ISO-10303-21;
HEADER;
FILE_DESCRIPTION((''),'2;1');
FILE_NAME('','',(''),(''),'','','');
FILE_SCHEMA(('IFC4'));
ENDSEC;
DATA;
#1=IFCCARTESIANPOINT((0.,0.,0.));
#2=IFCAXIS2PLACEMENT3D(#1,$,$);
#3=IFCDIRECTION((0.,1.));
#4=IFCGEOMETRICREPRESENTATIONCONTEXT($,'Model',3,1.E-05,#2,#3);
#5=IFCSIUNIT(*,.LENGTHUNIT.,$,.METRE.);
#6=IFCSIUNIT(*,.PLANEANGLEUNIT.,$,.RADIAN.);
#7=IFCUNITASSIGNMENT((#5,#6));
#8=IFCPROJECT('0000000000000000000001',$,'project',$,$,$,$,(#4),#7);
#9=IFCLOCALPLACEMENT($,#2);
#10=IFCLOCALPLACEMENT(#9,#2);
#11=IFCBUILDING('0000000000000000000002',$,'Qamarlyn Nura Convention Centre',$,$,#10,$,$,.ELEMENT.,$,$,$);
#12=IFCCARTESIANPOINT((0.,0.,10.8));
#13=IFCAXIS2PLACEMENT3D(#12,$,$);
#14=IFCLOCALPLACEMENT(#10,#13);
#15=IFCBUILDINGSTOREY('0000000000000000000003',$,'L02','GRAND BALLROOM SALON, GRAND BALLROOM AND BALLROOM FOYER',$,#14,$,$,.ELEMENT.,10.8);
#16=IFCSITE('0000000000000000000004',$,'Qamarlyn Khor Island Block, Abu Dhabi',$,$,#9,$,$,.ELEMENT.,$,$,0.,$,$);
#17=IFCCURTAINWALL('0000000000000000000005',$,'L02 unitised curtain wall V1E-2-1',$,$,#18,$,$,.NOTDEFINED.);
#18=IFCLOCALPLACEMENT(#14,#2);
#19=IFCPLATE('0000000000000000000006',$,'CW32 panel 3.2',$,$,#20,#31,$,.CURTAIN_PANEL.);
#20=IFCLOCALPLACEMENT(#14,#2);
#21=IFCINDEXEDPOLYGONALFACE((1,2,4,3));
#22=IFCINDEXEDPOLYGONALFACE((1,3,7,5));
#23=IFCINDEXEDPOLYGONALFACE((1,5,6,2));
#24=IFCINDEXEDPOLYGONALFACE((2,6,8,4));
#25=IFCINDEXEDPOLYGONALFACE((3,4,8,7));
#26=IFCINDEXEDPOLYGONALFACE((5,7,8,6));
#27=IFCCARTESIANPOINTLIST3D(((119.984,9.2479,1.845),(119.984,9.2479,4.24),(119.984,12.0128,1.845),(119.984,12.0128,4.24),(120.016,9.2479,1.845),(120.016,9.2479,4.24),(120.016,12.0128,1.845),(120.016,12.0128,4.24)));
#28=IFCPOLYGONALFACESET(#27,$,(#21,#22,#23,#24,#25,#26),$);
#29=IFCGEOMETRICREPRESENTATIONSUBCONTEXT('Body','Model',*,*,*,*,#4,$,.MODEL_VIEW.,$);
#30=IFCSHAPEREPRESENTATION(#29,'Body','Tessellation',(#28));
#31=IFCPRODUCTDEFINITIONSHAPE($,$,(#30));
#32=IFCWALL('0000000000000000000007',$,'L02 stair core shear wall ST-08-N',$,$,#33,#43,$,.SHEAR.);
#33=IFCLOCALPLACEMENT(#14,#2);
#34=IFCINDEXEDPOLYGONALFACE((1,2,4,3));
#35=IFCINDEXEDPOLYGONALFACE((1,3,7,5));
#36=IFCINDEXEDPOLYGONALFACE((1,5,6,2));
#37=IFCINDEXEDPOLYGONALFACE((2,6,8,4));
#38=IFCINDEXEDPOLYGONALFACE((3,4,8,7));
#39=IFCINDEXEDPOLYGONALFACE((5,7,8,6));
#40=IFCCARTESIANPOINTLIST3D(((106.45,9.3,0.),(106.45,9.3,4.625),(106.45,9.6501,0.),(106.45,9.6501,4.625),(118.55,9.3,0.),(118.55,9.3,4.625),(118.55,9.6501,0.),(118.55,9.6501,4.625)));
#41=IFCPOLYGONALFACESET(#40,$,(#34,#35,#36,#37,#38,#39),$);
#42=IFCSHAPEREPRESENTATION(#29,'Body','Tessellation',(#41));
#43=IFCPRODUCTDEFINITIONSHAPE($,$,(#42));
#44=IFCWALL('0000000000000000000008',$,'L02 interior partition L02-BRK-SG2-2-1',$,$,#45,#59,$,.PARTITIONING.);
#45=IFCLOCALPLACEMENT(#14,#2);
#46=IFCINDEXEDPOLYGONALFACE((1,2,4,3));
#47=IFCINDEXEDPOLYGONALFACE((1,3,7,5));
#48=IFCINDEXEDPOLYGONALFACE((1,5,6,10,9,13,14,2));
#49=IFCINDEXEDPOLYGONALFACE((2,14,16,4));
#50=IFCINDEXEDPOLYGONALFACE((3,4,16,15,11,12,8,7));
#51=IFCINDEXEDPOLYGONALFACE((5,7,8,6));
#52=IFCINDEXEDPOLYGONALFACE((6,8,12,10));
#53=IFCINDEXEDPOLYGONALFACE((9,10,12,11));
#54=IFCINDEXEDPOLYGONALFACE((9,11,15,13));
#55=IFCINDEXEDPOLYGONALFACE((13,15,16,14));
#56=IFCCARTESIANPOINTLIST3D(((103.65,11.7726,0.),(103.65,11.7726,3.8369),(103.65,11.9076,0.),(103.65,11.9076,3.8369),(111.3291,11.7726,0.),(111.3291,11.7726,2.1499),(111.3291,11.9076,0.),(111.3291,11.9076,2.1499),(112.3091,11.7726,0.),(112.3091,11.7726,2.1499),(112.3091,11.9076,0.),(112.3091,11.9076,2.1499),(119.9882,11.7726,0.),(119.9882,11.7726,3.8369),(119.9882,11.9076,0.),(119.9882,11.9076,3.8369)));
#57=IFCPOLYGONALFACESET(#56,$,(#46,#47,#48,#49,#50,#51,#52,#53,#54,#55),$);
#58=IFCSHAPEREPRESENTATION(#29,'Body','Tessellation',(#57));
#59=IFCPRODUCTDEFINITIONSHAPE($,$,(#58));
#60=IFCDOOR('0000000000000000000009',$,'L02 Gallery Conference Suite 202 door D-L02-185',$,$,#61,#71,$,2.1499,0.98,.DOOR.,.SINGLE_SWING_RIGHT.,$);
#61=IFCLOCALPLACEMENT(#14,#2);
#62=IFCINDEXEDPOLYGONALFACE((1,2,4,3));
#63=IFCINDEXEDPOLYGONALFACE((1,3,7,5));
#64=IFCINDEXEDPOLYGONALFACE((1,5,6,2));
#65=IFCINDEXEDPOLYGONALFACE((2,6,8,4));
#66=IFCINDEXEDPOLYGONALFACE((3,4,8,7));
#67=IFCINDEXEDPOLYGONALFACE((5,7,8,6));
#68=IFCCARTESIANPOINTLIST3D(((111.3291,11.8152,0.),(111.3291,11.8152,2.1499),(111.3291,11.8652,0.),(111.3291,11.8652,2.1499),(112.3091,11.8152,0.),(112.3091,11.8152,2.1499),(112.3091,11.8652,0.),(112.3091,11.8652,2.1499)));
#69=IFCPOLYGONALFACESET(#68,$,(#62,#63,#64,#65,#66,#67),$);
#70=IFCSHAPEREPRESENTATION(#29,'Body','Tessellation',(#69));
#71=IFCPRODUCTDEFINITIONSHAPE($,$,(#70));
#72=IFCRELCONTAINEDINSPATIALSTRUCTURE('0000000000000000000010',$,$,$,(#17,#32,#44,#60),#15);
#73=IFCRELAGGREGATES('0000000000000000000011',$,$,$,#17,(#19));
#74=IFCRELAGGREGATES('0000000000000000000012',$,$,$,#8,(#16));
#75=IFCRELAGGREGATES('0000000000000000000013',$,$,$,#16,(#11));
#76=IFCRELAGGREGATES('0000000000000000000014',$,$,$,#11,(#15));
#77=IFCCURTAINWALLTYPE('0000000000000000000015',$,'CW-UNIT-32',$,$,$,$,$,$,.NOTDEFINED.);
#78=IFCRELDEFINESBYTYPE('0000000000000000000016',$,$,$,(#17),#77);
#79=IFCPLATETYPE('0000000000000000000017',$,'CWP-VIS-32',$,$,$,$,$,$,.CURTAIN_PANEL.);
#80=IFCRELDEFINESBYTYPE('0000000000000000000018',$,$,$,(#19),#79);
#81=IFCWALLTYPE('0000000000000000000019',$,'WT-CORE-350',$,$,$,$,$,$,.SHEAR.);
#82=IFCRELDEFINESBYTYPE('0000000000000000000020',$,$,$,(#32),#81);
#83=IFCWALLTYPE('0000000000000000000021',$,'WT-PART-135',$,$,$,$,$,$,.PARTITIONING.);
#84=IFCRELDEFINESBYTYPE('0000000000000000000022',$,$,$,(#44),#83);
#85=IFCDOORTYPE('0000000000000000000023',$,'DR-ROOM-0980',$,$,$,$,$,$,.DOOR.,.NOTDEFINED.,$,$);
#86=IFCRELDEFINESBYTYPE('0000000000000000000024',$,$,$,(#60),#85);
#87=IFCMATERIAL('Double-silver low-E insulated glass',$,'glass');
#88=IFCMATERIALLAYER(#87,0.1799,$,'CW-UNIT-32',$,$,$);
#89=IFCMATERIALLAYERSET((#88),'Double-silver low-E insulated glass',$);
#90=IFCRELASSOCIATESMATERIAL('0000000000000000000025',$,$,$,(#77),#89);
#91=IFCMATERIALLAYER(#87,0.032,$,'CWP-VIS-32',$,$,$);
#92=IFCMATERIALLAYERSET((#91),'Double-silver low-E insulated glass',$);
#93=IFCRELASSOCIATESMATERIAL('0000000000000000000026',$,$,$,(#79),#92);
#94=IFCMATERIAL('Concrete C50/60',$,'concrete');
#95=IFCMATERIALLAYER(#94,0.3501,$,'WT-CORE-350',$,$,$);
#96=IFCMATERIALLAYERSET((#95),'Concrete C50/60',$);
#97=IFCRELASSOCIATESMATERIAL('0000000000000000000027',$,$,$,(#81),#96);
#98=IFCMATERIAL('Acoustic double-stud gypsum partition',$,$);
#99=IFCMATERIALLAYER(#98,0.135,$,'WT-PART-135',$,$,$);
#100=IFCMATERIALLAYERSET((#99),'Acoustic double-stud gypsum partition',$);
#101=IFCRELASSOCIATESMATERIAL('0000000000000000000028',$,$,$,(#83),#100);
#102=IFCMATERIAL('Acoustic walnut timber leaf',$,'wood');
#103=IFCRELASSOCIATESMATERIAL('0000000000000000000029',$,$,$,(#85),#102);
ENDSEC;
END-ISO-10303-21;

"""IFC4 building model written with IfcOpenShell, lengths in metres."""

from ifc_helpers import new_model, si_unit, direction, frame, frame_2d, origin, origin_2d, place, context, subcontext, project, spatial, rectangle, extrude, material, layer, layer_set, type_object, element, fill, aggregate, save


model = new_model("IFC4")

# Units and contexts
model_context = context("Model", 3, precision=1e-05, world=origin(), true_north=direction((0.0, 1.0)))
body_context = subcontext(model_context, "Body", "Model", "MODEL_VIEW")
ifc_project = project(units=[si_unit("LENGTHUNIT", "METRE"), si_unit("PLANEANGLEUNIT", "RADIAN")], contexts=[model_context])

# Site, building, storey
site_placement = place(None, origin())
site = spatial("IfcSite", under=ifc_project, at=site_placement, Name="Qamarlyn Khor Island Block, Abu Dhabi", CompositionType="ELEMENT", RefElevation=0.0)
building_placement = place(site_placement, origin())
building = spatial("IfcBuilding", under=site, at=building_placement, Name="Qamarlyn Nura Convention Centre", CompositionType="ELEMENT")
storey_placement = place(building_placement, frame((0.0, 0.0, 10.8)))
storey = spatial("IfcBuildingStorey", under=building, at=storey_placement, Name="L02", Description="GRAND BALLROOM SALON, GRAND BALLROOM AND BALLROOM FOYER", CompositionType="ELEMENT", Elevation=10.8)

# Shared definitions
ifc_material_1 = material(Name="Double-silver low-E insulated glass", Category="glass")

# Curtain wall
ifc_layer_1 = layer(ifc_material_1, 0.1799, Name="CW-UNIT-32")
ifc_layer_set_1 = layer_set([ifc_layer_1], Name="Double-silver low-E insulated glass")
curtain_wall_type_1 = type_object("IfcCurtainWallType", Name="CW-UNIT-32", PredefinedType="NOTDEFINED", material=ifc_layer_set_1)
curtain_wall_1_placement = place(storey_placement, origin())
curtain_wall_1 = element("IfcCurtainWall", 1, at=curtain_wall_1_placement, inside=storey, type_object=curtain_wall_type_1, Name="L02 unitised curtain wall V1E-2-1", PredefinedType="NOTDEFINED")

# Plate
ifc_layer_2 = layer(ifc_material_1, 0.032, Name="CWP-VIS-32")
ifc_layer_set_2 = layer_set([ifc_layer_2], Name="Double-silver low-E insulated glass")
plate_type = type_object("IfcPlateType", Name="CWP-VIS-32", PredefinedType="CURTAIN_PANEL", material=ifc_layer_set_2)
plate_1_placement = place(storey_placement, frame((120.0, 10.6304, 1.845), z_axis=(0.0, 0.0, 1.0), x_axis=(0.0, -1.0, 0.0)))
plate_1 = element("IfcPlate", 2, at=plate_1_placement, type_object=plate_type, Name="CW32 panel 3.2", PredefinedType="CURTAIN_PANEL", context=body_context, shape_type="SweptSolid", body=[
    extrude(rectangle(XDim=2.7649, YDim=0.032, at=origin_2d()), origin(), (0.0, 0.0, 1.0), 2.395),
])
aggregate(curtain_wall_1, [plate_1])

# Wall
ifc_material_2 = material(Name="Concrete C50/60", Category="concrete")
ifc_layer_3 = layer(ifc_material_2, 0.3501, Name="WT-CORE-350")
ifc_layer_set_3 = layer_set([ifc_layer_3], Name="Concrete C50/60")
wall_type_1 = type_object("IfcWallType", Name="WT-CORE-350", PredefinedType="SHEAR", material=ifc_layer_set_3)
wall_1_placement = place(storey_placement, frame((118.55, 9.4751, 0.0), z_axis=(0.0, 0.0, 1.0), x_axis=(-1.0, 0.0, 0.0)))
element("IfcWall", 3, at=wall_1_placement, inside=storey, type_object=wall_type_1, Name="L02 stair core shear wall ST-08-N", PredefinedType="SHEAR", context=body_context, shape_type="SweptSolid", body=[
    extrude(rectangle(XDim=12.1001, YDim=0.3501, at=frame_2d((6.05, 0.0))), origin(), (0.0, 0.0, 1.0), 4.625),
])

# Wall, opening, door
ifc_material_3 = material(Name="Acoustic double-stud gypsum partition")
ifc_layer_4 = layer(ifc_material_3, 0.135, Name="WT-PART-135")
ifc_layer_set_4 = layer_set([ifc_layer_4], Name="Acoustic double-stud gypsum partition")
wall_type_2 = type_object("IfcWallType", Name="WT-PART-135", PredefinedType="PARTITIONING", material=ifc_layer_set_4)
wall_2_placement = place(storey_placement, frame((119.988, 11.8401, 0.0), z_axis=(0.0, 0.0, 1.0), x_axis=(-1.0, 0.0, 0.0)))
wall_2 = element("IfcWall", 4, at=wall_2_placement, inside=storey, type_object=wall_type_2, Name="L02 interior partition L02-BRK-SG2-2-1", PredefinedType="PARTITIONING", context=body_context, shape_type="SweptSolid", body=[
    extrude(rectangle(XDim=16.3381, YDim=0.135, at=frame_2d((8.1689, 0.0))), origin(), (0.0, 0.0, 1.0), 3.8369),
])
opening_placement = place(wall_2_placement, frame((7.679, 0.0, 0.0)))
opening = element("IfcOpeningElement", 5, at=opening_placement, cuts=wall_2, PredefinedType="OPENING", context=body_context, shape_type="SweptSolid", body=[
    extrude(rectangle(XDim=0.98, YDim=2.1499, at=frame_2d((0.49, 1.075))), frame((0.0, 0.0776, 0.0), z_axis=(0.0, -1.0, 0.0), x_axis=(1.0, 0.0, 0.0)), (0.0, 0.0, 1.0), 0.155),
])
ifc_material_4 = material(Name="Acoustic walnut timber leaf", Category="wood")
door_type = type_object("IfcDoorType", Name="DR-ROOM-0980", OperationType="NOTDEFINED", PredefinedType="DOOR", material=ifc_material_4)
door_placement = place(opening_placement, origin())
door = element("IfcDoor", 6, at=door_placement, inside=storey, type_object=door_type, Name="L02 Gallery Conference Suite 202 door D-L02-185", OperationType="SINGLE_SWING_RIGHT", OverallHeight=2.1499, OverallWidth=0.98, PredefinedType="DOOR", context=body_context, shape_type="SweptSolid", body=[
    extrude(rectangle(XDim=0.98, YDim=2.1499, at=frame_2d((0.49, 1.075))), frame((0.0, 0.0249, 0.0), z_axis=(0.0, -1.0, 0.0), x_axis=(1.0, 0.0, 0.0)), (0.0, 0.0, 1.0), 0.05),
])
fill(opening, door)

save(model, "model.ifc")
